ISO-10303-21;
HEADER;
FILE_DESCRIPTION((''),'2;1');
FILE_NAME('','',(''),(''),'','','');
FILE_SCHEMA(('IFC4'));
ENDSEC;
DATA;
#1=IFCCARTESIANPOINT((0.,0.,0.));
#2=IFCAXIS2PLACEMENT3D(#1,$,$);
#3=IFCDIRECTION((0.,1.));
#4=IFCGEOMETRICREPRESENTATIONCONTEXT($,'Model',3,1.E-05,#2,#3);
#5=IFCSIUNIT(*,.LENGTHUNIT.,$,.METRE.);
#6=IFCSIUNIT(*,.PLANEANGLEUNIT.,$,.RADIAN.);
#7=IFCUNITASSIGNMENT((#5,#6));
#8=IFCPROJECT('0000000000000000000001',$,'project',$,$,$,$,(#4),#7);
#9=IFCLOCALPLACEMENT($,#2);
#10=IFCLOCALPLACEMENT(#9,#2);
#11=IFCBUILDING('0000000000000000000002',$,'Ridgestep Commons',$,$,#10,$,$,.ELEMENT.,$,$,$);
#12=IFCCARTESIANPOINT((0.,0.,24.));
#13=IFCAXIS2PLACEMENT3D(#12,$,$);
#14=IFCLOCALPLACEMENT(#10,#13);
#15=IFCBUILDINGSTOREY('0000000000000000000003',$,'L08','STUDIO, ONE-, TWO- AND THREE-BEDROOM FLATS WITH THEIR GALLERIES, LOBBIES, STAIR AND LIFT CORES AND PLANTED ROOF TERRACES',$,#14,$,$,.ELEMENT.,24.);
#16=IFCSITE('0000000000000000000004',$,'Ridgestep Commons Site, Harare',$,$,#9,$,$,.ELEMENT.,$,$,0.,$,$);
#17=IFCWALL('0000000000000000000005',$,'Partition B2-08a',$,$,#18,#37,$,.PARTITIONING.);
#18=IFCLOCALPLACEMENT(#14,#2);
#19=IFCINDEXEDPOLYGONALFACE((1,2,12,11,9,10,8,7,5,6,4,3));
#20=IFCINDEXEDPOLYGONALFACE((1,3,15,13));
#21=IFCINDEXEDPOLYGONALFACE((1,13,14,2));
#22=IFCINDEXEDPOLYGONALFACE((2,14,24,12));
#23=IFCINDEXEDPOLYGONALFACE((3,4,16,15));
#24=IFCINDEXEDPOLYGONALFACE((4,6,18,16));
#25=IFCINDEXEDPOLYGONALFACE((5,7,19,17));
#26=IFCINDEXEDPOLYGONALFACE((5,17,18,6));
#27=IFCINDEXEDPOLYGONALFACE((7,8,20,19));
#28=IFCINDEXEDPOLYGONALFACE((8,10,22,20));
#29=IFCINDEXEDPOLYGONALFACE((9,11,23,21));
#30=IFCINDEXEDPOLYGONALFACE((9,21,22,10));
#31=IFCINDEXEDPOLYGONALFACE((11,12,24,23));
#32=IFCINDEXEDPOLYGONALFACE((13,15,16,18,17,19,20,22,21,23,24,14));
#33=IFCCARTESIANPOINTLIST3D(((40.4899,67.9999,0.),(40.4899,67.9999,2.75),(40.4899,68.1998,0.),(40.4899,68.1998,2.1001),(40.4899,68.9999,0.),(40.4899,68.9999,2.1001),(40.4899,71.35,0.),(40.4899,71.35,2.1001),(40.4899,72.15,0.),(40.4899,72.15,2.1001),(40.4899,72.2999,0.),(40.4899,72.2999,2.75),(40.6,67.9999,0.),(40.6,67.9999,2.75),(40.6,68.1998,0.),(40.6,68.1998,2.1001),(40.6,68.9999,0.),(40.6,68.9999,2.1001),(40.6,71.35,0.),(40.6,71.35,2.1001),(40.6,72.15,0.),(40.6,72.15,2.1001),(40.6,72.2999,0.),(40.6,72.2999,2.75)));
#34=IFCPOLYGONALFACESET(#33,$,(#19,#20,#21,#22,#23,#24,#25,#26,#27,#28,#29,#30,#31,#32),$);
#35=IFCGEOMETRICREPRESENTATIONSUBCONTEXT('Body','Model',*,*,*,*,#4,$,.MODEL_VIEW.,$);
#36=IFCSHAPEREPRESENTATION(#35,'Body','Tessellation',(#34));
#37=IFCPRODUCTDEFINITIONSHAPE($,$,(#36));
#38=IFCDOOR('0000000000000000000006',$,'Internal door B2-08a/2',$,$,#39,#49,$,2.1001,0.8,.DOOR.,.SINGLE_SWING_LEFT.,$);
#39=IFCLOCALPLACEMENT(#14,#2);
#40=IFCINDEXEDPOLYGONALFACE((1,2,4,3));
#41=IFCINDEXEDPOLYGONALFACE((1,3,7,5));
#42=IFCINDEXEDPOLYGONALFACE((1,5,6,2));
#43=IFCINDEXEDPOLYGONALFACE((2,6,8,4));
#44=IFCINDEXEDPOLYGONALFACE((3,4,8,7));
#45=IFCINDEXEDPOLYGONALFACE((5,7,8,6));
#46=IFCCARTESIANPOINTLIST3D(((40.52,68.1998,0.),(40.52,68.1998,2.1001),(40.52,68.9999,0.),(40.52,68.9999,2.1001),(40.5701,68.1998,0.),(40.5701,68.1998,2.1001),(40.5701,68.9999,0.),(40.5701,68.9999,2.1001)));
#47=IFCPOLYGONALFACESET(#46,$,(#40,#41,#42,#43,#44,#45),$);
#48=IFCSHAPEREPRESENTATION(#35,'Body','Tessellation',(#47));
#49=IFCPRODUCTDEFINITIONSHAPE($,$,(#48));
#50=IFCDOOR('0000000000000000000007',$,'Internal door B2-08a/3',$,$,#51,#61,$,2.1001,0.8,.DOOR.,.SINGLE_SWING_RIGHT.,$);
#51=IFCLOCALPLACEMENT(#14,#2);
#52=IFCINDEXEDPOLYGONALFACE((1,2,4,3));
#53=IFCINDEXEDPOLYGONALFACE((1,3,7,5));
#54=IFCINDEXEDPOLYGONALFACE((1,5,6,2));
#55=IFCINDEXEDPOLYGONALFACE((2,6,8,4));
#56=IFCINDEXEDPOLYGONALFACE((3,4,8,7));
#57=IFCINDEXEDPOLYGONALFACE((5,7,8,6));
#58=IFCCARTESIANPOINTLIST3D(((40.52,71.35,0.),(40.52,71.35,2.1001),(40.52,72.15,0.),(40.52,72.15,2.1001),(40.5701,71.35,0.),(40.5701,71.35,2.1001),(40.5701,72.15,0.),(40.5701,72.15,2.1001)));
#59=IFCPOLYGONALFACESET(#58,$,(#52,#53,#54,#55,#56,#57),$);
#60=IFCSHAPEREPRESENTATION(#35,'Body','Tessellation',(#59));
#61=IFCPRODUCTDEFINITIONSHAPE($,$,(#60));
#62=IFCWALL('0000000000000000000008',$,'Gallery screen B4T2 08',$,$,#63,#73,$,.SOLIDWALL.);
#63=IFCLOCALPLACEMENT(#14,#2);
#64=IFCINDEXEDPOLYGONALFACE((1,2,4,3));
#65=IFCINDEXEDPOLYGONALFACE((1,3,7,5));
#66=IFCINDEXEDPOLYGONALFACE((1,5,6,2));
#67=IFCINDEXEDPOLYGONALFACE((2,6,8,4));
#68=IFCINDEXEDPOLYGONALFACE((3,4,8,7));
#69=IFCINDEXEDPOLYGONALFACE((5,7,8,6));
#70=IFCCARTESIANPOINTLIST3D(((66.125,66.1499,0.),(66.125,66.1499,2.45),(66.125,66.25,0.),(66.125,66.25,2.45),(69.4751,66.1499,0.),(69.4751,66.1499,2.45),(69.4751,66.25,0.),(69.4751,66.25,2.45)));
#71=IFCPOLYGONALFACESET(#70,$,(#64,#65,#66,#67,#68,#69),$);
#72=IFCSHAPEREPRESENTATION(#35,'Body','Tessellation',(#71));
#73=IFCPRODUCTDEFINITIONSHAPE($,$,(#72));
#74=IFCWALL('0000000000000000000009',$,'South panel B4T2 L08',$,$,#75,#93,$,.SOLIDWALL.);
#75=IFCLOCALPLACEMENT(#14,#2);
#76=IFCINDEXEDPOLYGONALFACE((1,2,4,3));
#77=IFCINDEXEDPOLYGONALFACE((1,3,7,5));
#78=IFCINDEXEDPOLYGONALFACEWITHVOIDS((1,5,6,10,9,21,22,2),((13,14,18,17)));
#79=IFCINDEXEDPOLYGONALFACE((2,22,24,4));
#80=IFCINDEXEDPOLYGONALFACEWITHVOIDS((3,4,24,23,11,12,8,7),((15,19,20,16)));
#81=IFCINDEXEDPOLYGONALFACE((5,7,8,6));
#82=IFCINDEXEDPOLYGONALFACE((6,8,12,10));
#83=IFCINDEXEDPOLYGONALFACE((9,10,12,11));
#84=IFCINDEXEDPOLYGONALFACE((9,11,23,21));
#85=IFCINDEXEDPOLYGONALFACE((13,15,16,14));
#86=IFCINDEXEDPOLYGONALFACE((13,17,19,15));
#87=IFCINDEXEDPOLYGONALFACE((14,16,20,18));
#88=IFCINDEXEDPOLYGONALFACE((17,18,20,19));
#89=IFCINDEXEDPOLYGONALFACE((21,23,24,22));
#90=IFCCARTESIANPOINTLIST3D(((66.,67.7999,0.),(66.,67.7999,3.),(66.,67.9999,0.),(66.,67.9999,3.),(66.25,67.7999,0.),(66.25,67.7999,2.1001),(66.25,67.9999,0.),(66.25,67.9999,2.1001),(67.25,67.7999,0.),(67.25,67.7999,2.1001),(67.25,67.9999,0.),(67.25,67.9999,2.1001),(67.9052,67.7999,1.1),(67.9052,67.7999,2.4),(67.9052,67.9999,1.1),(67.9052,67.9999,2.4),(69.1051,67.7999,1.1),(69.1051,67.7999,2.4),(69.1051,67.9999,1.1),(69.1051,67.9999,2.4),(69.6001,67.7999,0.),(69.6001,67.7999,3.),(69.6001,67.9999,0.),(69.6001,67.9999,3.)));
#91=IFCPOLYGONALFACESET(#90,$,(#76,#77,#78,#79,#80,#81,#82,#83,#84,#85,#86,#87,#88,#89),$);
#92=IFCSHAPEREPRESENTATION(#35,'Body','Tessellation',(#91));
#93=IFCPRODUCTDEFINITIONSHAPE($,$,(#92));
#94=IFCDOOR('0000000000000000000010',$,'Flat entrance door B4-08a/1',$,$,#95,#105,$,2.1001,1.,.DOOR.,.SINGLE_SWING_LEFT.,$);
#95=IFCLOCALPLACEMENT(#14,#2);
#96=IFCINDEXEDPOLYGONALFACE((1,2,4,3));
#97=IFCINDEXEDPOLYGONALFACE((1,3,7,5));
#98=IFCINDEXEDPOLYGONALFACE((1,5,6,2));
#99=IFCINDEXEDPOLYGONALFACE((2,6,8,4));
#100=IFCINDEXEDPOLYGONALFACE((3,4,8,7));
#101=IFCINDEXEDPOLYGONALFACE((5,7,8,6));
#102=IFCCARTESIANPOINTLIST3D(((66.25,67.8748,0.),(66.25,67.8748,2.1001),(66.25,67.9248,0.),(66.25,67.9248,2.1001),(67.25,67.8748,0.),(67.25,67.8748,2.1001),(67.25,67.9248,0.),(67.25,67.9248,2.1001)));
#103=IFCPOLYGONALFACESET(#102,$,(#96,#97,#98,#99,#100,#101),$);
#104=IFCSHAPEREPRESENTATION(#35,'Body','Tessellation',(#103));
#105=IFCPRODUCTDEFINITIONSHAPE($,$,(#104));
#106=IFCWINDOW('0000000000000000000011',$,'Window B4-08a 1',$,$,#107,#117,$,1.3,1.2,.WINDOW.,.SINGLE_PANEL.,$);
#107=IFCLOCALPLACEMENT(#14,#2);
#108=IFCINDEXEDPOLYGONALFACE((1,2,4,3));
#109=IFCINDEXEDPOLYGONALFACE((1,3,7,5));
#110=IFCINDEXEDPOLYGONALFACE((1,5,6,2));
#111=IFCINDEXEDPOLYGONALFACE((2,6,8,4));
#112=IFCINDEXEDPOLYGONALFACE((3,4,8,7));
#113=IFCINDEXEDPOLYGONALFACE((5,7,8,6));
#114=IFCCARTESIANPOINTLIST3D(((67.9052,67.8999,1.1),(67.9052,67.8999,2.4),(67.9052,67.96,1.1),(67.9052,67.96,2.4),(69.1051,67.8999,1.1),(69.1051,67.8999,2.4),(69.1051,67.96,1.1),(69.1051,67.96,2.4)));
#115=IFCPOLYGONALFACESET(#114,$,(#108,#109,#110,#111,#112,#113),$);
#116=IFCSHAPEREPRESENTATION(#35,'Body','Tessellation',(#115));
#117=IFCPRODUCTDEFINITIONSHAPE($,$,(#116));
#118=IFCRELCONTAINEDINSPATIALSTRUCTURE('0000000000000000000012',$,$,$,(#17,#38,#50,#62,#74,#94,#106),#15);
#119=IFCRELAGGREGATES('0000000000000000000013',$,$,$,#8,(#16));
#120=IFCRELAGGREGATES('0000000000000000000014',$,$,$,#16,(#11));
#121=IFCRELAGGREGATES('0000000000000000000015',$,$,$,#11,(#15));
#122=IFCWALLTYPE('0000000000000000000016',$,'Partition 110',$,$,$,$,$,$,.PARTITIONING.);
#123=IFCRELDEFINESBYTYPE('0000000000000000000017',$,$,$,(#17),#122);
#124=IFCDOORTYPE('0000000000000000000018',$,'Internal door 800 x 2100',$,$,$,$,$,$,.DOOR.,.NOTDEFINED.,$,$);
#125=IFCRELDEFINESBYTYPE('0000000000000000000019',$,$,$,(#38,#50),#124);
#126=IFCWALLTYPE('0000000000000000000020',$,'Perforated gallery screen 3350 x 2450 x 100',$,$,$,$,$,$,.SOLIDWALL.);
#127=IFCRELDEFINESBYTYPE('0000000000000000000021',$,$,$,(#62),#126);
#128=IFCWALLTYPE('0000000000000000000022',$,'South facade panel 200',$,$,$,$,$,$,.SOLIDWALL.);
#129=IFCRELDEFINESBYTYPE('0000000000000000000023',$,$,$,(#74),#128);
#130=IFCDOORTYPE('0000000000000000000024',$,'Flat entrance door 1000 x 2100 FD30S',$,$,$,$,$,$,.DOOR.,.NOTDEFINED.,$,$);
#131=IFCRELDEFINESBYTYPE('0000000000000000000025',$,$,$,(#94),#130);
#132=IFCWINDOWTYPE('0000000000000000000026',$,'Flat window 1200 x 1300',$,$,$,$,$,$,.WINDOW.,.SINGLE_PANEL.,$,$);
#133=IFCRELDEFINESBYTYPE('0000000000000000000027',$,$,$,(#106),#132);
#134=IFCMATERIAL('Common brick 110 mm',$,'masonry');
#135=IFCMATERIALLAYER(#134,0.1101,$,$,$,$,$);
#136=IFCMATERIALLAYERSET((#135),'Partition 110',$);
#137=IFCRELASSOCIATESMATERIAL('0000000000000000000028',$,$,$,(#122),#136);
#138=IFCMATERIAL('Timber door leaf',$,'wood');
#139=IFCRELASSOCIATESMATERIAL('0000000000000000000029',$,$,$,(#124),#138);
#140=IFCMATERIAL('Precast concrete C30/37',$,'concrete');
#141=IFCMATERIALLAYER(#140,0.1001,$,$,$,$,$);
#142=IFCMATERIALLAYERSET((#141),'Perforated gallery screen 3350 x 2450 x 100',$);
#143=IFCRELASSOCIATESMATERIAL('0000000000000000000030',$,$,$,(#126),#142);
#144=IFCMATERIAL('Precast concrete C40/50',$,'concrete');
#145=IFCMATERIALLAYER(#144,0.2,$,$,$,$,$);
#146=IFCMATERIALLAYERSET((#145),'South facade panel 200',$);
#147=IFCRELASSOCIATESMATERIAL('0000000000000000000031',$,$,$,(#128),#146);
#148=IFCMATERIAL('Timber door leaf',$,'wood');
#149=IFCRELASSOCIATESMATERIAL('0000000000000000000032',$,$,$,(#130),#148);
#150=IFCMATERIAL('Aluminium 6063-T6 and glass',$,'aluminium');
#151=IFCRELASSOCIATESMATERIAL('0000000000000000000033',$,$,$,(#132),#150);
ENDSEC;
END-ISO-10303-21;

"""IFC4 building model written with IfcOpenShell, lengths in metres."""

from ifc_helpers import new_model, si_unit, direction, frame, frame_2d, origin, place, context, subcontext, project, spatial, rectangle, extrude, material, layer, layer_set, type_object, element, fill, save


model = new_model("IFC4")

# Units and contexts
model_context = context("Model", 3, precision=1e-05, world=origin(), true_north=direction((0.0, 1.0)))
body_context = subcontext(model_context, "Body", "Model", "MODEL_VIEW")
ifc_project = project(units=[si_unit("LENGTHUNIT", "METRE"), si_unit("PLANEANGLEUNIT", "RADIAN")], contexts=[model_context])

# Site, building, storey
site_placement = place(None, origin())
site = spatial("IfcSite", under=ifc_project, at=site_placement, Name="Ridgestep Commons Site, Harare", CompositionType="ELEMENT", RefElevation=0.0)
building_placement = place(site_placement, origin())
building = spatial("IfcBuilding", under=site, at=building_placement, Name="Ridgestep Commons", CompositionType="ELEMENT")
storey_placement = place(building_placement, frame((0.0, 0.0, 24.0)))
storey = spatial("IfcBuildingStorey", under=building, at=storey_placement, Name="L08", Description="STUDIO, ONE-, TWO- AND THREE-BEDROOM FLATS WITH THEIR GALLERIES, LOBBIES, STAIR AND LIFT CORES AND PLANTED ROOF TERRACES", CompositionType="ELEMENT", Elevation=24.0)

# Wall, openings, doors
ifc_material_1 = material(Name="Common brick 110 mm", Category="masonry")
ifc_layer_1 = layer(ifc_material_1, 0.1101)
ifc_layer_set_1 = layer_set([ifc_layer_1], Name="Partition 110")
wall_type_1 = type_object("IfcWallType", Name="Partition 110", PredefinedType="PARTITIONING", material=ifc_layer_set_1)
wall_1_placement = place(storey_placement, frame((40.5449, 68.0, 0.0), z_axis=(0.0, 0.0, 1.0), x_axis=(0.0, 1.0, 0.0)))
wall_1 = element("IfcWall", 1, at=wall_1_placement, inside=storey, type_object=wall_type_1, Name="Partition B2-08a", PredefinedType="PARTITIONING", context=body_context, shape_type="SweptSolid", body=[
    extrude(rectangle(XDim=4.3, YDim=0.1101, at=frame_2d((2.1499, 0.0))), origin(), (0.0, 0.0, 1.0), 2.75),
])
opening_1_placement = place(wall_1_placement, frame((0.2, 0.0, 0.0)))
opening_1 = element("IfcOpeningElement", 2, at=opening_1_placement, cuts=wall_1, PredefinedType="OPENING", context=body_context, shape_type="SweptSolid", body=[
    extrude(rectangle(XDim=0.8, YDim=2.1001, at=frame_2d((0.3999, 1.05))), frame((0.0, 0.0649, 0.0), z_axis=(0.0, -1.0, 0.0), x_axis=(1.0, 0.0, 0.0)), (0.0, 0.0, 1.0), 0.1301),
])
opening_2_placement = place(wall_1_placement, frame((3.3501, 0.0, 0.0)))
opening_2 = element("IfcOpeningElement", 3, at=opening_2_placement, cuts=wall_1, PredefinedType="OPENING", context=body_context, shape_type="SweptSolid", body=[
    extrude(rectangle(XDim=0.8, YDim=2.1001, at=frame_2d((0.3999, 1.05))), frame((0.0, 0.0649, 0.0), z_axis=(0.0, -1.0, 0.0), x_axis=(1.0, 0.0, 0.0)), (0.0, 0.0, 1.0), 0.1301),
])
ifc_material_2 = material(Name="Timber door leaf", Category="wood")
door_type_1 = type_object("IfcDoorType", Name="Internal door 800 x 2100", OperationType="NOTDEFINED", PredefinedType="DOOR", material=ifc_material_2)
door_1_placement = place(opening_1_placement, origin())
door_1 = element("IfcDoor", 4, at=door_1_placement, inside=storey, type_object=door_type_1, Name="Internal door B2-08a/2", OperationType="SINGLE_SWING_LEFT", OverallHeight=2.1001, OverallWidth=0.8, PredefinedType="DOOR", context=body_context, shape_type="SweptSolid", body=[
    extrude(rectangle(XDim=0.8, YDim=2.1001, at=frame_2d((0.3999, 1.05))), frame((0.0, 0.0249, 0.0), z_axis=(0.0, -1.0, 0.0), x_axis=(1.0, 0.0, 0.0)), (0.0, 0.0, 1.0), 0.05),
])
fill(opening_1, door_1)
door_2_placement = place(opening_2_placement, origin())
door_2 = element("IfcDoor", 5, at=door_2_placement, inside=storey, type_object=door_type_1, Name="Internal door B2-08a/3", OperationType="SINGLE_SWING_RIGHT", OverallHeight=2.1001, OverallWidth=0.8, PredefinedType="DOOR", context=body_context, shape_type="SweptSolid", body=[
    extrude(rectangle(XDim=0.8, YDim=2.1001, at=frame_2d((0.3999, 1.05))), frame((0.0, 0.0249, 0.0), z_axis=(0.0, -1.0, 0.0), x_axis=(1.0, 0.0, 0.0)), (0.0, 0.0, 1.0), 0.05),
])
fill(opening_2, door_2)

# Wall
ifc_material_3 = material(Name="Precast concrete C30/37", Category="concrete")
ifc_layer_2 = layer(ifc_material_3, 0.1001)
ifc_layer_set_2 = layer_set([ifc_layer_2], Name="Perforated gallery screen 3350 x 2450 x 100")
wall_type_2 = type_object("IfcWallType", Name="Perforated gallery screen 3350 x 2450 x 100", PredefinedType="SOLIDWALL", material=ifc_layer_set_2)
wall_2_placement = place(storey_placement, frame((66.125, 66.2, 0.0), z_axis=(0.0, 0.0, 1.0), x_axis=(1.0, 0.0, 0.0)))
element("IfcWall", 6, at=wall_2_placement, inside=storey, type_object=wall_type_2, Name="Gallery screen B4T2 08", PredefinedType="SOLIDWALL", context=body_context, shape_type="SweptSolid", body=[
    extrude(rectangle(XDim=3.3501, YDim=0.1001, at=frame_2d((1.675, 0.0))), origin(), (0.0, 0.0, 1.0), 2.45),
])

# Wall, openings, door, window
ifc_material_4 = material(Name="Precast concrete C40/50", Category="concrete")
ifc_layer_3 = layer(ifc_material_4, 0.2)
ifc_layer_set_3 = layer_set([ifc_layer_3], Name="South facade panel 200")
wall_type_3 = type_object("IfcWallType", Name="South facade panel 200", PredefinedType="SOLIDWALL", material=ifc_layer_set_3)
wall_3_placement = place(storey_placement, frame((66.0, 67.8999, 0.0), z_axis=(0.0, 0.0, 1.0), x_axis=(1.0, 0.0, 0.0)))
wall_3 = element("IfcWall", 7, at=wall_3_placement, inside=storey, type_object=wall_type_3, Name="South panel B4T2 L08", PredefinedType="SOLIDWALL", context=body_context, shape_type="SweptSolid", body=[
    extrude(rectangle(XDim=3.6001, YDim=0.2, at=frame_2d((1.8, 0.0))), origin(), (0.0, 0.0, 1.0), 3.0),
])
opening_3_placement = place(wall_3_placement, frame((1.905, 0.0, 1.1001)))
opening_3 = element("IfcOpeningElement", 8, at=opening_3_placement, cuts=wall_3, PredefinedType="OPENING", context=body_context, shape_type="SweptSolid", body=[
    extrude(rectangle(XDim=1.2, YDim=1.3, at=frame_2d((0.6001, 0.6499))), frame((0.0, 0.1099, 0.0), z_axis=(0.0, -1.0, 0.0), x_axis=(1.0, 0.0, 0.0)), (0.0, 0.0, 1.0), 0.22),
])
opening_4_placement = place(wall_3_placement, frame((0.25, 0.0, 0.0)))
opening_4 = element("IfcOpeningElement", 9, at=opening_4_placement, cuts=wall_3, PredefinedType="OPENING", context=body_context, shape_type="SweptSolid", body=[
    extrude(rectangle(XDim=1.0, YDim=2.1001, at=frame_2d((0.5, 1.05))), frame((0.0, 0.1099, 0.0), z_axis=(0.0, -1.0, 0.0), x_axis=(1.0, 0.0, 0.0)), (0.0, 0.0, 1.0), 0.22),
])
ifc_material_5 = material(Name="Timber door leaf", Category="wood")
door_type_2 = type_object("IfcDoorType", Name="Flat entrance door 1000 x 2100 FD30S", OperationType="NOTDEFINED", PredefinedType="DOOR", material=ifc_material_5)
door_3_placement = place(opening_4_placement, origin())
door_3 = element("IfcDoor", 10, at=door_3_placement, inside=storey, type_object=door_type_2, Name="Flat entrance door B4-08a/1", OperationType="SINGLE_SWING_LEFT", OverallHeight=2.1001, OverallWidth=1.0, PredefinedType="DOOR", context=body_context, shape_type="SweptSolid", body=[
    extrude(rectangle(XDim=1.0, YDim=2.1001, at=frame_2d((0.5, 1.05))), frame((0.0, 0.0249, 0.0), z_axis=(0.0, -1.0, 0.0), x_axis=(1.0, 0.0, 0.0)), (0.0, 0.0, 1.0), 0.05),
])
fill(opening_4, door_3)
ifc_material_6 = material(Name="Aluminium 6063-T6 and glass", Category="aluminium")
window_type_1 = type_object("IfcWindowType", Name="Flat window 1200 x 1300", PartitioningType="SINGLE_PANEL", PredefinedType="WINDOW", material=ifc_material_6)
window_1_placement = place(opening_3_placement, origin())
window_1 = element("IfcWindow", 11, at=window_1_placement, inside=storey, type_object=window_type_1, Name="Window B4-08a 1", OverallHeight=1.3, OverallWidth=1.2, PartitioningType="SINGLE_PANEL", PredefinedType="WINDOW", context=body_context, shape_type="SweptSolid", body=[
    extrude(rectangle(XDim=1.2, YDim=1.3, at=frame_2d((0.6001, 0.6499))), frame((0.0, 0.0601, 0.0), z_axis=(0.0, -1.0, 0.0), x_axis=(1.0, 0.0, 0.0)), (0.0, 0.0, 1.0), 0.0601),
])
fill(opening_3, window_1)

save(model, "model.ifc")
